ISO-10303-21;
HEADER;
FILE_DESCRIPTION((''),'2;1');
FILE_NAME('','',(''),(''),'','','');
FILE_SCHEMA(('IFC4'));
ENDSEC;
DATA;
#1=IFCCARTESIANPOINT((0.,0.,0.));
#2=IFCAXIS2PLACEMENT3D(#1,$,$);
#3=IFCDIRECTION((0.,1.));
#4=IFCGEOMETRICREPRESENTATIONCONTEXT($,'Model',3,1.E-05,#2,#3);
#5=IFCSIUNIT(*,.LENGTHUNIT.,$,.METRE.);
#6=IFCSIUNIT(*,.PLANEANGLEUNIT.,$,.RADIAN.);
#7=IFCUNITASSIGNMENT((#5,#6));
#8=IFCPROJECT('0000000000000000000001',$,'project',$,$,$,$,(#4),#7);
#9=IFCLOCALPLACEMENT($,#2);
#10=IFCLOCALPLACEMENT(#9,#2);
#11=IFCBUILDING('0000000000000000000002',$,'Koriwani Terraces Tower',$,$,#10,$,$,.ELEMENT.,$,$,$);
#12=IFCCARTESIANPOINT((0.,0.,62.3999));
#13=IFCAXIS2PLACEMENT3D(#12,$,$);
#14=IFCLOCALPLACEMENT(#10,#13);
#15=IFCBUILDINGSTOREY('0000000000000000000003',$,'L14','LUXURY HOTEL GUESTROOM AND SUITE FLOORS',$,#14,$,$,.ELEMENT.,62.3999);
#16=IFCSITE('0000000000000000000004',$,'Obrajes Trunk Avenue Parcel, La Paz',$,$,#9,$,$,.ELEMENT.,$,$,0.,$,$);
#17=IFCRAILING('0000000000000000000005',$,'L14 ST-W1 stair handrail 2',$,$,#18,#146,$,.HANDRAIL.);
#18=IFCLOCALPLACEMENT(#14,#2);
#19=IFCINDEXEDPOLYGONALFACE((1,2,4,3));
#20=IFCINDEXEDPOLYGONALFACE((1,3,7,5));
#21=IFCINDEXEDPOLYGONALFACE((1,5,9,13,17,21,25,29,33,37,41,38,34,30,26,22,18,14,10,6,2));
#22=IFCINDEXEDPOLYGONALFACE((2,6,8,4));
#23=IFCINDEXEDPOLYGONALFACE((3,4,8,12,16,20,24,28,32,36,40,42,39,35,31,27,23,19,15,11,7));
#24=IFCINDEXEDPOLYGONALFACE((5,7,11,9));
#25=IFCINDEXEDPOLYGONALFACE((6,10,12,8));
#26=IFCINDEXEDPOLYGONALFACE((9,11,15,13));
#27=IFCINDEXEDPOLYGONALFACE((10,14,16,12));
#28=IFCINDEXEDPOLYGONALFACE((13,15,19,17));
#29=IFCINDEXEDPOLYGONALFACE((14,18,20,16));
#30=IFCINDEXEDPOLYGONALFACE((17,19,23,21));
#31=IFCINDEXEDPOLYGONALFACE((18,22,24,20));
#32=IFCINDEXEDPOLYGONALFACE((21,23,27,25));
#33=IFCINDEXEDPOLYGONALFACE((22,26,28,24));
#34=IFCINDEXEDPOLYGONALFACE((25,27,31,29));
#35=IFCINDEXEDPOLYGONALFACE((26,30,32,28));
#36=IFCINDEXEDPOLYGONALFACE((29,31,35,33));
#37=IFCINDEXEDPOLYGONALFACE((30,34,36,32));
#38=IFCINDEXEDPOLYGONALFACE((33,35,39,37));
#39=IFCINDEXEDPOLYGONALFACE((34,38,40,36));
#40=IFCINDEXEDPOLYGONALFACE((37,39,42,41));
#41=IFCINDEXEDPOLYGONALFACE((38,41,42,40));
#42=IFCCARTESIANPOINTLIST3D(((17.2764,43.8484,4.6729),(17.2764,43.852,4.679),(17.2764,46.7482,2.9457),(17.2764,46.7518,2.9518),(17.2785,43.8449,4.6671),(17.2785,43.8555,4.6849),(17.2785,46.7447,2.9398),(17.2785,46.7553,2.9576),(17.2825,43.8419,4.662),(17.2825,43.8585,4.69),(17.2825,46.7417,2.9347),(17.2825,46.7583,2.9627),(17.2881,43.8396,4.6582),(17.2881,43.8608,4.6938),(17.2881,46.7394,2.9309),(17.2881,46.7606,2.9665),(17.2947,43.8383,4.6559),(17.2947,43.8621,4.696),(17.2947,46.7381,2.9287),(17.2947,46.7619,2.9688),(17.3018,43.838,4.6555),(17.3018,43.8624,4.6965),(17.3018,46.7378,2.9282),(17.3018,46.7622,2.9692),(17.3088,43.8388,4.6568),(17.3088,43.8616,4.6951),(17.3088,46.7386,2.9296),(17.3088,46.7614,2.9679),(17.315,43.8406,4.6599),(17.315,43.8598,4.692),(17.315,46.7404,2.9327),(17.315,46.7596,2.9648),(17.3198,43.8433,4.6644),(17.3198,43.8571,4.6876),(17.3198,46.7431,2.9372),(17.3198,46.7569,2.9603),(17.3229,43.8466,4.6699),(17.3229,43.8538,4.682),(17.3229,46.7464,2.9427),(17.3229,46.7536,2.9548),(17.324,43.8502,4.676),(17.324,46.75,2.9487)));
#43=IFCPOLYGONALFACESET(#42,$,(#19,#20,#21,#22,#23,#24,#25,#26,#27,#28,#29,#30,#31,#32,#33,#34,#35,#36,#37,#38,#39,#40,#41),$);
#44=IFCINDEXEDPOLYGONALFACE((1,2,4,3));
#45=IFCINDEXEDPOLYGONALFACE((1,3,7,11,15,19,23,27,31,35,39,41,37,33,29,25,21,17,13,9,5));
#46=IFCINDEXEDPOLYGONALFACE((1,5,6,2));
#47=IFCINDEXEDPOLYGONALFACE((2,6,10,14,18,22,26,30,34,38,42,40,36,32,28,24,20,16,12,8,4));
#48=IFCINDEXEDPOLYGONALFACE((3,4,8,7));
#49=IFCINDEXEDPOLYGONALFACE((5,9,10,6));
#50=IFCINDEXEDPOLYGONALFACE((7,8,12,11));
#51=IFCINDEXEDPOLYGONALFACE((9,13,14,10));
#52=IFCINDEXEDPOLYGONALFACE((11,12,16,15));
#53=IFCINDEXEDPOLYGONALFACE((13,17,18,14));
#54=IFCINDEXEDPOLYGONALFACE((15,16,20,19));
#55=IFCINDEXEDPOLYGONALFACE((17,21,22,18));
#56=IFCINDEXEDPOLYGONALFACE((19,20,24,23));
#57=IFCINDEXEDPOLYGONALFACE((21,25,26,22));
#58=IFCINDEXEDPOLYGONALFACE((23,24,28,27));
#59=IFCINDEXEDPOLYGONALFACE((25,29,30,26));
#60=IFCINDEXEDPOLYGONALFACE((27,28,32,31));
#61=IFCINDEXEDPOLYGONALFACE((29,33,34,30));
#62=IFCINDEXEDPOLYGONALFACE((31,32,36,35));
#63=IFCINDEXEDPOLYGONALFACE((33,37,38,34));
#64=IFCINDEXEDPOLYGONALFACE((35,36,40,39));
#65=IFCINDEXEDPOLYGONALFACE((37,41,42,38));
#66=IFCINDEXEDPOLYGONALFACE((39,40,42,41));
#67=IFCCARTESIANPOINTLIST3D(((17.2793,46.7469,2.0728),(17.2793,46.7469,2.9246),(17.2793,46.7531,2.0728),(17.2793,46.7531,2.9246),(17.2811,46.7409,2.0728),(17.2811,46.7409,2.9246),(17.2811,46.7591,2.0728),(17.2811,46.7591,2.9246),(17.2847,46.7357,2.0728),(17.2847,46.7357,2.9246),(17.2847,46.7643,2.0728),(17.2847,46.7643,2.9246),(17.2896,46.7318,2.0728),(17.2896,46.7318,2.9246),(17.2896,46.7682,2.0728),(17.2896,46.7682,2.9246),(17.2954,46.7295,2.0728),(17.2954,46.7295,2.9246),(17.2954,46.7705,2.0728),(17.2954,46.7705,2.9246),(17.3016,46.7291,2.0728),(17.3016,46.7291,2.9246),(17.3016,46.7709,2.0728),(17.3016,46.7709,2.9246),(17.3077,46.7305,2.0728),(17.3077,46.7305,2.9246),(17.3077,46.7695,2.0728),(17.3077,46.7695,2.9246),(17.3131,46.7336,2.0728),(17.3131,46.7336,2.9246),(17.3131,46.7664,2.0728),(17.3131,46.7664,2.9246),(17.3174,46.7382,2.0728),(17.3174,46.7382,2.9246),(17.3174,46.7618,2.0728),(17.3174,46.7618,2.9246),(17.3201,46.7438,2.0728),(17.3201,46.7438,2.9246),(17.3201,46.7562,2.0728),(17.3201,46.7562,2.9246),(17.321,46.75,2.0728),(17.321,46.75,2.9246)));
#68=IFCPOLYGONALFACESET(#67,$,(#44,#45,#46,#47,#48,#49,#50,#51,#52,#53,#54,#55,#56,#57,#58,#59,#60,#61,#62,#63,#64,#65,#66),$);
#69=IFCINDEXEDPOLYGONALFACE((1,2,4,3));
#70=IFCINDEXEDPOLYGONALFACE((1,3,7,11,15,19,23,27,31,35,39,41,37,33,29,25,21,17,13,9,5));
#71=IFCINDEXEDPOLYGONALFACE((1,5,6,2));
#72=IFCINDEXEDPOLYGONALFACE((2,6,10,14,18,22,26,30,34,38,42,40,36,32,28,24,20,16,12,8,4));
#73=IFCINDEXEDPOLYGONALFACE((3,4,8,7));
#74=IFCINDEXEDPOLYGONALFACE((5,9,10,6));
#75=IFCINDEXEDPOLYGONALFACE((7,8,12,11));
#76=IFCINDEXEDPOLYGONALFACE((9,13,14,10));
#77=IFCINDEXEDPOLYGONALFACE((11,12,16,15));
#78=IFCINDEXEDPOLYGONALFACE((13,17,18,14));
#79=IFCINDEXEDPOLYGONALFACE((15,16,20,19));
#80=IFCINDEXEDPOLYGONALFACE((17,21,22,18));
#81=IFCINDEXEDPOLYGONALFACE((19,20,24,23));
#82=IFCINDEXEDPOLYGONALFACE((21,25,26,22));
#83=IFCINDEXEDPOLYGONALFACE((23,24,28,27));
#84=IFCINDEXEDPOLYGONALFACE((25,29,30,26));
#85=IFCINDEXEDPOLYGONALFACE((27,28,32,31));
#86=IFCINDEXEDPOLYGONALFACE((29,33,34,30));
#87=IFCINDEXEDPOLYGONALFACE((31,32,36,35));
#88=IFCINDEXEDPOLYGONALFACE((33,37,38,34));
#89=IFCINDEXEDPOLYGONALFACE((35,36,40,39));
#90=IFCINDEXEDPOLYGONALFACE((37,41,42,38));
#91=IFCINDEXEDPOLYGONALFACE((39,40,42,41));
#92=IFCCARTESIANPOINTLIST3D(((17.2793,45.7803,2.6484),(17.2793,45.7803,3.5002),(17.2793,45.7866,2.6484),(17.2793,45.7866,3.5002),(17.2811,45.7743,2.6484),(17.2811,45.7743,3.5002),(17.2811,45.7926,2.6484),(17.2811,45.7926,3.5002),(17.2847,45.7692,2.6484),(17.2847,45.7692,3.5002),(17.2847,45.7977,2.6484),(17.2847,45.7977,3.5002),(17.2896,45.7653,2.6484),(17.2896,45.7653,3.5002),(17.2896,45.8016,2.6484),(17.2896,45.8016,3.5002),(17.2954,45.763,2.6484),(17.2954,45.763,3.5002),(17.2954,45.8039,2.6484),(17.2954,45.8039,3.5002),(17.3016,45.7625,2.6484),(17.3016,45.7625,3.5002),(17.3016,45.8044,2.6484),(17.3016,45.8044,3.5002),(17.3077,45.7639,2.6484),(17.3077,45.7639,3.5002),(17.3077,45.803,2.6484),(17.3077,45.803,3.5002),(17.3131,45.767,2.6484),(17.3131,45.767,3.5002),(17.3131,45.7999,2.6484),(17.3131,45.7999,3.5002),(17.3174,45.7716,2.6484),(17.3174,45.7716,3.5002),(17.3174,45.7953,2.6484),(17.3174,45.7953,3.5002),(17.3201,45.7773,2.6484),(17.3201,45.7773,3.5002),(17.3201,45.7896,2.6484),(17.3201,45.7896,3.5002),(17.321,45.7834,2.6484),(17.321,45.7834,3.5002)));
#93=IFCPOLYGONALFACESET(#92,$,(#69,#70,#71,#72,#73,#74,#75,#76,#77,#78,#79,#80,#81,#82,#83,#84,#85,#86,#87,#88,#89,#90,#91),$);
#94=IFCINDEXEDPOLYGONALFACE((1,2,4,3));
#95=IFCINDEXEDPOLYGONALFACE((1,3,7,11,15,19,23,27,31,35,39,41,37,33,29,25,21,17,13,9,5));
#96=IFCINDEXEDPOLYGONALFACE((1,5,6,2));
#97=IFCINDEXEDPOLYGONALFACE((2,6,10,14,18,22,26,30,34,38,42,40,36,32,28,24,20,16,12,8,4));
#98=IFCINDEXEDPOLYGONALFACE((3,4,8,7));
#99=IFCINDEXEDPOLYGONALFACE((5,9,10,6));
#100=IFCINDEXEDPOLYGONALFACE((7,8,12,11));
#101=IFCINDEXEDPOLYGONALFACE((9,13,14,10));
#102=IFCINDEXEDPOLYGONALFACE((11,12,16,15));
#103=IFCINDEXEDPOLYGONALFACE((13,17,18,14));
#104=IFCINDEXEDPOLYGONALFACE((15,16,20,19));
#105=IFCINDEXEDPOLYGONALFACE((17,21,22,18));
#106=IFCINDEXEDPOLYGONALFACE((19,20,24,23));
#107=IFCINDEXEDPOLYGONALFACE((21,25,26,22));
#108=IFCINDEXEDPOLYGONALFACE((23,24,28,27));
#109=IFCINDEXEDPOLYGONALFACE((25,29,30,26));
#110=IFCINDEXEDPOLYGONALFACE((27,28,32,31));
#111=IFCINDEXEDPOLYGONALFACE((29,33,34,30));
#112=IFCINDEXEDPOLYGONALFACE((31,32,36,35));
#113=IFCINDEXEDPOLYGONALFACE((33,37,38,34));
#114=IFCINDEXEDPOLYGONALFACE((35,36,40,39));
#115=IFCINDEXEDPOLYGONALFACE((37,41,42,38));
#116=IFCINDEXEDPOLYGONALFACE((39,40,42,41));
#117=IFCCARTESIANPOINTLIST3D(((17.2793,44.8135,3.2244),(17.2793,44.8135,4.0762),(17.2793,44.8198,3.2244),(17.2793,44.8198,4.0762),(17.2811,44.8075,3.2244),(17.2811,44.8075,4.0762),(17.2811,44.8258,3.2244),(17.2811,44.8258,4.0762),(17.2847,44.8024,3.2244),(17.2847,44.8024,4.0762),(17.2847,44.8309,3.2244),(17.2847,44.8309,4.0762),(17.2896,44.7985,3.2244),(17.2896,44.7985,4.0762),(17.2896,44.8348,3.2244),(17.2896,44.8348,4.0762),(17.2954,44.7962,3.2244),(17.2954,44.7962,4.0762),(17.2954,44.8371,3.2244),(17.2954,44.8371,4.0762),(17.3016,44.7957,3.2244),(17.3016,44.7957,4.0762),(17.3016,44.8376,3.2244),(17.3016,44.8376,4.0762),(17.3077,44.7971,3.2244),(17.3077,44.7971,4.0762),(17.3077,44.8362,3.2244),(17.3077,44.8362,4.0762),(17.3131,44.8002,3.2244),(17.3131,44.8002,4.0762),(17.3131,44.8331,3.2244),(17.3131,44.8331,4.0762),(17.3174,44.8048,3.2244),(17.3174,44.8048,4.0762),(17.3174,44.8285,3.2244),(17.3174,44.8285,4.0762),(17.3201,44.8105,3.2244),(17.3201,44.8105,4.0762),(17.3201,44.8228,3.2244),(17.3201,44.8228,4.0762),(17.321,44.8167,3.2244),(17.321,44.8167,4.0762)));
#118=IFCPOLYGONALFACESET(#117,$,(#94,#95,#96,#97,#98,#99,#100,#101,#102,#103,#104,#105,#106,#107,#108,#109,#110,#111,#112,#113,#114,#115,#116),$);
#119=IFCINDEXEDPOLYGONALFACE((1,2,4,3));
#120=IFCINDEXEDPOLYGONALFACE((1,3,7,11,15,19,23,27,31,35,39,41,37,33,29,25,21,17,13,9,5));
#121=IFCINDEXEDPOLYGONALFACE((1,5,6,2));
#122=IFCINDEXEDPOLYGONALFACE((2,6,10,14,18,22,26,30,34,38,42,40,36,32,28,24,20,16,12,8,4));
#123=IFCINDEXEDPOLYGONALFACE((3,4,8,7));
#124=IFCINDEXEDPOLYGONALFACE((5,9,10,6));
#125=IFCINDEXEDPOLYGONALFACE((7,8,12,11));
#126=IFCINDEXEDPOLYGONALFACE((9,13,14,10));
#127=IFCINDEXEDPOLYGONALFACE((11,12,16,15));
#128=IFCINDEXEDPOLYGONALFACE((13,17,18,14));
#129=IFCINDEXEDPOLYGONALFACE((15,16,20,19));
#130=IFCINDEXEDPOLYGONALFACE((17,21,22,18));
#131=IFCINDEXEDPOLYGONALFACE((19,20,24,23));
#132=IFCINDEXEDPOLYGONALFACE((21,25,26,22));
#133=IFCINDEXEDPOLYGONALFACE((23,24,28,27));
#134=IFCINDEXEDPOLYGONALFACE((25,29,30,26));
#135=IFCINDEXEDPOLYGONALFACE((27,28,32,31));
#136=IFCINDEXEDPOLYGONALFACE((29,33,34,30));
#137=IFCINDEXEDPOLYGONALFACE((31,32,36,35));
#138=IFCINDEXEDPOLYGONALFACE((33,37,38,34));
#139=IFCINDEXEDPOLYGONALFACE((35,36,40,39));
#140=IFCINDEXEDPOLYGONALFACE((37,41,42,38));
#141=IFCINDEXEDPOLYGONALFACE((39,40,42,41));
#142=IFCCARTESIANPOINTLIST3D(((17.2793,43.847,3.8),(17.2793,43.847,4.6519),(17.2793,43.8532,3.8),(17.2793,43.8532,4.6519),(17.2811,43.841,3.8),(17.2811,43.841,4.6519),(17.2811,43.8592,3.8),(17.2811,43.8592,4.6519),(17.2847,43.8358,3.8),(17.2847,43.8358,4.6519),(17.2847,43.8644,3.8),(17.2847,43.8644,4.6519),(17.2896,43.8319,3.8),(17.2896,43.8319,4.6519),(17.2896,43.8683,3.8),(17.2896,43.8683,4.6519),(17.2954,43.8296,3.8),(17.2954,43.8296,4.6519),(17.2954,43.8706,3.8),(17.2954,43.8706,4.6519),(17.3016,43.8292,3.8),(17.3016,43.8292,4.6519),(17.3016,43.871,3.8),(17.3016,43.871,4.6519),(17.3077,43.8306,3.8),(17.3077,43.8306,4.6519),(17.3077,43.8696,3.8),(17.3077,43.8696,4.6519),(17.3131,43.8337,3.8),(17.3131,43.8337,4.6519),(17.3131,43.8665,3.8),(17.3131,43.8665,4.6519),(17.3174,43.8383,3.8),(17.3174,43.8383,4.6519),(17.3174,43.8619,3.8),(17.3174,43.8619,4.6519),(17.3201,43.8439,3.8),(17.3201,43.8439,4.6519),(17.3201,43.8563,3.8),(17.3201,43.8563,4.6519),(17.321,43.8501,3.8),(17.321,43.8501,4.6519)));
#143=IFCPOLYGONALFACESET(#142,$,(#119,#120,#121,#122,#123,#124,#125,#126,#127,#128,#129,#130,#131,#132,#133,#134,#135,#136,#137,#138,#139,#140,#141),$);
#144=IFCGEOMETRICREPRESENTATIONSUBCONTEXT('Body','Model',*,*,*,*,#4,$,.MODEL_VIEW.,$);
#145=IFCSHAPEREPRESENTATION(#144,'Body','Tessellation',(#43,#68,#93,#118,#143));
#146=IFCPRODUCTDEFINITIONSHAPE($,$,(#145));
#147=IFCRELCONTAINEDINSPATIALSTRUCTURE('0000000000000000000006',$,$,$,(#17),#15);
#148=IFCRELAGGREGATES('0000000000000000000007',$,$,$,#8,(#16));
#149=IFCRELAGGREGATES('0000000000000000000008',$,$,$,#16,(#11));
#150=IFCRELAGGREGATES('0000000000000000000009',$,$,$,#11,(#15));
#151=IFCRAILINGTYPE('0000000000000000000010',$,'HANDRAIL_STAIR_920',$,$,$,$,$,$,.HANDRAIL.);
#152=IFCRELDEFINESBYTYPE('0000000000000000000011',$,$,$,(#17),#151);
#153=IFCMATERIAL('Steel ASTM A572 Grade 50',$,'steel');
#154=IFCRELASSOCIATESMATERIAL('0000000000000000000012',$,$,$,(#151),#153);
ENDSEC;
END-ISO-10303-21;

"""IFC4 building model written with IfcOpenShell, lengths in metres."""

from ifc_helpers import new_model, si_unit, direction, frame, origin, origin_2d, place, context, subcontext, project, spatial, circle, extrude, material, type_object, element, save


model = new_model("IFC4")

# Units and contexts
model_context = context("Model", 3, precision=1e-05, world=origin(), true_north=direction((0.0, 1.0)))
body_context = subcontext(model_context, "Body", "Model", "MODEL_VIEW")
ifc_project = project(units=[si_unit("LENGTHUNIT", "METRE"), si_unit("PLANEANGLEUNIT", "RADIAN")], contexts=[model_context])

# Site, building, storey
site_placement = place(None, origin())
site = spatial("IfcSite", under=ifc_project, at=site_placement, Name="Obrajes Trunk Avenue Parcel, La Paz", CompositionType="ELEMENT", RefElevation=0.0)
building_placement = place(site_placement, origin())
building = spatial("IfcBuilding", under=site, at=building_placement, Name="Koriwani Terraces Tower", CompositionType="ELEMENT")
storey_placement = place(building_placement, frame((0.0, 0.0, 62.3999)))
storey = spatial("IfcBuildingStorey", under=building, at=storey_placement, Name="L14", Description="LUXURY HOTEL GUESTROOM AND SUITE FLOORS", CompositionType="ELEMENT", Elevation=62.3999)

# Shared definitions
ifc_material_1 = material(Name="Steel ASTM A572 Grade 50", Category="steel")

# Railing
railing_type_1 = type_object("IfcRailingType", Name="HANDRAIL_STAIR_920", PredefinedType="HANDRAIL", material=ifc_material_1)
railing_1_placement = place(storey_placement, frame((17.3, 46.75, 2.0728)))
element("IfcRailing", 1, at=railing_1_placement, inside=storey, type_object=railing_type_1, Name="L14 ST-W1 stair handrail 2", PredefinedType="HANDRAIL", context=body_context, shape_type="SweptSolid", body=[
    extrude(circle(Radius=0.0239, at=origin_2d()), frame((0.0, 0.0, 0.876), z_axis=(0.0, -0.859141, 0.511738), x_axis=(1.0, 0.0, 0.0)), (0.0, 0.0, 1.0), 3.3752),
    extrude(circle(Radius=0.021, at=origin_2d()), origin(), (0.0, 0.0, 1.0), 0.8518),
    extrude(circle(Radius=0.021, at=origin_2d()), frame((0.0, -0.9666, 0.5757)), (0.0, 0.0, 1.0), 0.8518),
    extrude(circle(Radius=0.021, at=origin_2d()), frame((0.0, -1.9333, 1.1516)), (0.0, 0.0, 1.0), 0.8518),
    extrude(circle(Radius=0.021, at=origin_2d()), frame((0.0, -2.8999, 1.7273)), (0.0, 0.0, 1.0), 0.8518),
])

save(model, "model.ifc")
